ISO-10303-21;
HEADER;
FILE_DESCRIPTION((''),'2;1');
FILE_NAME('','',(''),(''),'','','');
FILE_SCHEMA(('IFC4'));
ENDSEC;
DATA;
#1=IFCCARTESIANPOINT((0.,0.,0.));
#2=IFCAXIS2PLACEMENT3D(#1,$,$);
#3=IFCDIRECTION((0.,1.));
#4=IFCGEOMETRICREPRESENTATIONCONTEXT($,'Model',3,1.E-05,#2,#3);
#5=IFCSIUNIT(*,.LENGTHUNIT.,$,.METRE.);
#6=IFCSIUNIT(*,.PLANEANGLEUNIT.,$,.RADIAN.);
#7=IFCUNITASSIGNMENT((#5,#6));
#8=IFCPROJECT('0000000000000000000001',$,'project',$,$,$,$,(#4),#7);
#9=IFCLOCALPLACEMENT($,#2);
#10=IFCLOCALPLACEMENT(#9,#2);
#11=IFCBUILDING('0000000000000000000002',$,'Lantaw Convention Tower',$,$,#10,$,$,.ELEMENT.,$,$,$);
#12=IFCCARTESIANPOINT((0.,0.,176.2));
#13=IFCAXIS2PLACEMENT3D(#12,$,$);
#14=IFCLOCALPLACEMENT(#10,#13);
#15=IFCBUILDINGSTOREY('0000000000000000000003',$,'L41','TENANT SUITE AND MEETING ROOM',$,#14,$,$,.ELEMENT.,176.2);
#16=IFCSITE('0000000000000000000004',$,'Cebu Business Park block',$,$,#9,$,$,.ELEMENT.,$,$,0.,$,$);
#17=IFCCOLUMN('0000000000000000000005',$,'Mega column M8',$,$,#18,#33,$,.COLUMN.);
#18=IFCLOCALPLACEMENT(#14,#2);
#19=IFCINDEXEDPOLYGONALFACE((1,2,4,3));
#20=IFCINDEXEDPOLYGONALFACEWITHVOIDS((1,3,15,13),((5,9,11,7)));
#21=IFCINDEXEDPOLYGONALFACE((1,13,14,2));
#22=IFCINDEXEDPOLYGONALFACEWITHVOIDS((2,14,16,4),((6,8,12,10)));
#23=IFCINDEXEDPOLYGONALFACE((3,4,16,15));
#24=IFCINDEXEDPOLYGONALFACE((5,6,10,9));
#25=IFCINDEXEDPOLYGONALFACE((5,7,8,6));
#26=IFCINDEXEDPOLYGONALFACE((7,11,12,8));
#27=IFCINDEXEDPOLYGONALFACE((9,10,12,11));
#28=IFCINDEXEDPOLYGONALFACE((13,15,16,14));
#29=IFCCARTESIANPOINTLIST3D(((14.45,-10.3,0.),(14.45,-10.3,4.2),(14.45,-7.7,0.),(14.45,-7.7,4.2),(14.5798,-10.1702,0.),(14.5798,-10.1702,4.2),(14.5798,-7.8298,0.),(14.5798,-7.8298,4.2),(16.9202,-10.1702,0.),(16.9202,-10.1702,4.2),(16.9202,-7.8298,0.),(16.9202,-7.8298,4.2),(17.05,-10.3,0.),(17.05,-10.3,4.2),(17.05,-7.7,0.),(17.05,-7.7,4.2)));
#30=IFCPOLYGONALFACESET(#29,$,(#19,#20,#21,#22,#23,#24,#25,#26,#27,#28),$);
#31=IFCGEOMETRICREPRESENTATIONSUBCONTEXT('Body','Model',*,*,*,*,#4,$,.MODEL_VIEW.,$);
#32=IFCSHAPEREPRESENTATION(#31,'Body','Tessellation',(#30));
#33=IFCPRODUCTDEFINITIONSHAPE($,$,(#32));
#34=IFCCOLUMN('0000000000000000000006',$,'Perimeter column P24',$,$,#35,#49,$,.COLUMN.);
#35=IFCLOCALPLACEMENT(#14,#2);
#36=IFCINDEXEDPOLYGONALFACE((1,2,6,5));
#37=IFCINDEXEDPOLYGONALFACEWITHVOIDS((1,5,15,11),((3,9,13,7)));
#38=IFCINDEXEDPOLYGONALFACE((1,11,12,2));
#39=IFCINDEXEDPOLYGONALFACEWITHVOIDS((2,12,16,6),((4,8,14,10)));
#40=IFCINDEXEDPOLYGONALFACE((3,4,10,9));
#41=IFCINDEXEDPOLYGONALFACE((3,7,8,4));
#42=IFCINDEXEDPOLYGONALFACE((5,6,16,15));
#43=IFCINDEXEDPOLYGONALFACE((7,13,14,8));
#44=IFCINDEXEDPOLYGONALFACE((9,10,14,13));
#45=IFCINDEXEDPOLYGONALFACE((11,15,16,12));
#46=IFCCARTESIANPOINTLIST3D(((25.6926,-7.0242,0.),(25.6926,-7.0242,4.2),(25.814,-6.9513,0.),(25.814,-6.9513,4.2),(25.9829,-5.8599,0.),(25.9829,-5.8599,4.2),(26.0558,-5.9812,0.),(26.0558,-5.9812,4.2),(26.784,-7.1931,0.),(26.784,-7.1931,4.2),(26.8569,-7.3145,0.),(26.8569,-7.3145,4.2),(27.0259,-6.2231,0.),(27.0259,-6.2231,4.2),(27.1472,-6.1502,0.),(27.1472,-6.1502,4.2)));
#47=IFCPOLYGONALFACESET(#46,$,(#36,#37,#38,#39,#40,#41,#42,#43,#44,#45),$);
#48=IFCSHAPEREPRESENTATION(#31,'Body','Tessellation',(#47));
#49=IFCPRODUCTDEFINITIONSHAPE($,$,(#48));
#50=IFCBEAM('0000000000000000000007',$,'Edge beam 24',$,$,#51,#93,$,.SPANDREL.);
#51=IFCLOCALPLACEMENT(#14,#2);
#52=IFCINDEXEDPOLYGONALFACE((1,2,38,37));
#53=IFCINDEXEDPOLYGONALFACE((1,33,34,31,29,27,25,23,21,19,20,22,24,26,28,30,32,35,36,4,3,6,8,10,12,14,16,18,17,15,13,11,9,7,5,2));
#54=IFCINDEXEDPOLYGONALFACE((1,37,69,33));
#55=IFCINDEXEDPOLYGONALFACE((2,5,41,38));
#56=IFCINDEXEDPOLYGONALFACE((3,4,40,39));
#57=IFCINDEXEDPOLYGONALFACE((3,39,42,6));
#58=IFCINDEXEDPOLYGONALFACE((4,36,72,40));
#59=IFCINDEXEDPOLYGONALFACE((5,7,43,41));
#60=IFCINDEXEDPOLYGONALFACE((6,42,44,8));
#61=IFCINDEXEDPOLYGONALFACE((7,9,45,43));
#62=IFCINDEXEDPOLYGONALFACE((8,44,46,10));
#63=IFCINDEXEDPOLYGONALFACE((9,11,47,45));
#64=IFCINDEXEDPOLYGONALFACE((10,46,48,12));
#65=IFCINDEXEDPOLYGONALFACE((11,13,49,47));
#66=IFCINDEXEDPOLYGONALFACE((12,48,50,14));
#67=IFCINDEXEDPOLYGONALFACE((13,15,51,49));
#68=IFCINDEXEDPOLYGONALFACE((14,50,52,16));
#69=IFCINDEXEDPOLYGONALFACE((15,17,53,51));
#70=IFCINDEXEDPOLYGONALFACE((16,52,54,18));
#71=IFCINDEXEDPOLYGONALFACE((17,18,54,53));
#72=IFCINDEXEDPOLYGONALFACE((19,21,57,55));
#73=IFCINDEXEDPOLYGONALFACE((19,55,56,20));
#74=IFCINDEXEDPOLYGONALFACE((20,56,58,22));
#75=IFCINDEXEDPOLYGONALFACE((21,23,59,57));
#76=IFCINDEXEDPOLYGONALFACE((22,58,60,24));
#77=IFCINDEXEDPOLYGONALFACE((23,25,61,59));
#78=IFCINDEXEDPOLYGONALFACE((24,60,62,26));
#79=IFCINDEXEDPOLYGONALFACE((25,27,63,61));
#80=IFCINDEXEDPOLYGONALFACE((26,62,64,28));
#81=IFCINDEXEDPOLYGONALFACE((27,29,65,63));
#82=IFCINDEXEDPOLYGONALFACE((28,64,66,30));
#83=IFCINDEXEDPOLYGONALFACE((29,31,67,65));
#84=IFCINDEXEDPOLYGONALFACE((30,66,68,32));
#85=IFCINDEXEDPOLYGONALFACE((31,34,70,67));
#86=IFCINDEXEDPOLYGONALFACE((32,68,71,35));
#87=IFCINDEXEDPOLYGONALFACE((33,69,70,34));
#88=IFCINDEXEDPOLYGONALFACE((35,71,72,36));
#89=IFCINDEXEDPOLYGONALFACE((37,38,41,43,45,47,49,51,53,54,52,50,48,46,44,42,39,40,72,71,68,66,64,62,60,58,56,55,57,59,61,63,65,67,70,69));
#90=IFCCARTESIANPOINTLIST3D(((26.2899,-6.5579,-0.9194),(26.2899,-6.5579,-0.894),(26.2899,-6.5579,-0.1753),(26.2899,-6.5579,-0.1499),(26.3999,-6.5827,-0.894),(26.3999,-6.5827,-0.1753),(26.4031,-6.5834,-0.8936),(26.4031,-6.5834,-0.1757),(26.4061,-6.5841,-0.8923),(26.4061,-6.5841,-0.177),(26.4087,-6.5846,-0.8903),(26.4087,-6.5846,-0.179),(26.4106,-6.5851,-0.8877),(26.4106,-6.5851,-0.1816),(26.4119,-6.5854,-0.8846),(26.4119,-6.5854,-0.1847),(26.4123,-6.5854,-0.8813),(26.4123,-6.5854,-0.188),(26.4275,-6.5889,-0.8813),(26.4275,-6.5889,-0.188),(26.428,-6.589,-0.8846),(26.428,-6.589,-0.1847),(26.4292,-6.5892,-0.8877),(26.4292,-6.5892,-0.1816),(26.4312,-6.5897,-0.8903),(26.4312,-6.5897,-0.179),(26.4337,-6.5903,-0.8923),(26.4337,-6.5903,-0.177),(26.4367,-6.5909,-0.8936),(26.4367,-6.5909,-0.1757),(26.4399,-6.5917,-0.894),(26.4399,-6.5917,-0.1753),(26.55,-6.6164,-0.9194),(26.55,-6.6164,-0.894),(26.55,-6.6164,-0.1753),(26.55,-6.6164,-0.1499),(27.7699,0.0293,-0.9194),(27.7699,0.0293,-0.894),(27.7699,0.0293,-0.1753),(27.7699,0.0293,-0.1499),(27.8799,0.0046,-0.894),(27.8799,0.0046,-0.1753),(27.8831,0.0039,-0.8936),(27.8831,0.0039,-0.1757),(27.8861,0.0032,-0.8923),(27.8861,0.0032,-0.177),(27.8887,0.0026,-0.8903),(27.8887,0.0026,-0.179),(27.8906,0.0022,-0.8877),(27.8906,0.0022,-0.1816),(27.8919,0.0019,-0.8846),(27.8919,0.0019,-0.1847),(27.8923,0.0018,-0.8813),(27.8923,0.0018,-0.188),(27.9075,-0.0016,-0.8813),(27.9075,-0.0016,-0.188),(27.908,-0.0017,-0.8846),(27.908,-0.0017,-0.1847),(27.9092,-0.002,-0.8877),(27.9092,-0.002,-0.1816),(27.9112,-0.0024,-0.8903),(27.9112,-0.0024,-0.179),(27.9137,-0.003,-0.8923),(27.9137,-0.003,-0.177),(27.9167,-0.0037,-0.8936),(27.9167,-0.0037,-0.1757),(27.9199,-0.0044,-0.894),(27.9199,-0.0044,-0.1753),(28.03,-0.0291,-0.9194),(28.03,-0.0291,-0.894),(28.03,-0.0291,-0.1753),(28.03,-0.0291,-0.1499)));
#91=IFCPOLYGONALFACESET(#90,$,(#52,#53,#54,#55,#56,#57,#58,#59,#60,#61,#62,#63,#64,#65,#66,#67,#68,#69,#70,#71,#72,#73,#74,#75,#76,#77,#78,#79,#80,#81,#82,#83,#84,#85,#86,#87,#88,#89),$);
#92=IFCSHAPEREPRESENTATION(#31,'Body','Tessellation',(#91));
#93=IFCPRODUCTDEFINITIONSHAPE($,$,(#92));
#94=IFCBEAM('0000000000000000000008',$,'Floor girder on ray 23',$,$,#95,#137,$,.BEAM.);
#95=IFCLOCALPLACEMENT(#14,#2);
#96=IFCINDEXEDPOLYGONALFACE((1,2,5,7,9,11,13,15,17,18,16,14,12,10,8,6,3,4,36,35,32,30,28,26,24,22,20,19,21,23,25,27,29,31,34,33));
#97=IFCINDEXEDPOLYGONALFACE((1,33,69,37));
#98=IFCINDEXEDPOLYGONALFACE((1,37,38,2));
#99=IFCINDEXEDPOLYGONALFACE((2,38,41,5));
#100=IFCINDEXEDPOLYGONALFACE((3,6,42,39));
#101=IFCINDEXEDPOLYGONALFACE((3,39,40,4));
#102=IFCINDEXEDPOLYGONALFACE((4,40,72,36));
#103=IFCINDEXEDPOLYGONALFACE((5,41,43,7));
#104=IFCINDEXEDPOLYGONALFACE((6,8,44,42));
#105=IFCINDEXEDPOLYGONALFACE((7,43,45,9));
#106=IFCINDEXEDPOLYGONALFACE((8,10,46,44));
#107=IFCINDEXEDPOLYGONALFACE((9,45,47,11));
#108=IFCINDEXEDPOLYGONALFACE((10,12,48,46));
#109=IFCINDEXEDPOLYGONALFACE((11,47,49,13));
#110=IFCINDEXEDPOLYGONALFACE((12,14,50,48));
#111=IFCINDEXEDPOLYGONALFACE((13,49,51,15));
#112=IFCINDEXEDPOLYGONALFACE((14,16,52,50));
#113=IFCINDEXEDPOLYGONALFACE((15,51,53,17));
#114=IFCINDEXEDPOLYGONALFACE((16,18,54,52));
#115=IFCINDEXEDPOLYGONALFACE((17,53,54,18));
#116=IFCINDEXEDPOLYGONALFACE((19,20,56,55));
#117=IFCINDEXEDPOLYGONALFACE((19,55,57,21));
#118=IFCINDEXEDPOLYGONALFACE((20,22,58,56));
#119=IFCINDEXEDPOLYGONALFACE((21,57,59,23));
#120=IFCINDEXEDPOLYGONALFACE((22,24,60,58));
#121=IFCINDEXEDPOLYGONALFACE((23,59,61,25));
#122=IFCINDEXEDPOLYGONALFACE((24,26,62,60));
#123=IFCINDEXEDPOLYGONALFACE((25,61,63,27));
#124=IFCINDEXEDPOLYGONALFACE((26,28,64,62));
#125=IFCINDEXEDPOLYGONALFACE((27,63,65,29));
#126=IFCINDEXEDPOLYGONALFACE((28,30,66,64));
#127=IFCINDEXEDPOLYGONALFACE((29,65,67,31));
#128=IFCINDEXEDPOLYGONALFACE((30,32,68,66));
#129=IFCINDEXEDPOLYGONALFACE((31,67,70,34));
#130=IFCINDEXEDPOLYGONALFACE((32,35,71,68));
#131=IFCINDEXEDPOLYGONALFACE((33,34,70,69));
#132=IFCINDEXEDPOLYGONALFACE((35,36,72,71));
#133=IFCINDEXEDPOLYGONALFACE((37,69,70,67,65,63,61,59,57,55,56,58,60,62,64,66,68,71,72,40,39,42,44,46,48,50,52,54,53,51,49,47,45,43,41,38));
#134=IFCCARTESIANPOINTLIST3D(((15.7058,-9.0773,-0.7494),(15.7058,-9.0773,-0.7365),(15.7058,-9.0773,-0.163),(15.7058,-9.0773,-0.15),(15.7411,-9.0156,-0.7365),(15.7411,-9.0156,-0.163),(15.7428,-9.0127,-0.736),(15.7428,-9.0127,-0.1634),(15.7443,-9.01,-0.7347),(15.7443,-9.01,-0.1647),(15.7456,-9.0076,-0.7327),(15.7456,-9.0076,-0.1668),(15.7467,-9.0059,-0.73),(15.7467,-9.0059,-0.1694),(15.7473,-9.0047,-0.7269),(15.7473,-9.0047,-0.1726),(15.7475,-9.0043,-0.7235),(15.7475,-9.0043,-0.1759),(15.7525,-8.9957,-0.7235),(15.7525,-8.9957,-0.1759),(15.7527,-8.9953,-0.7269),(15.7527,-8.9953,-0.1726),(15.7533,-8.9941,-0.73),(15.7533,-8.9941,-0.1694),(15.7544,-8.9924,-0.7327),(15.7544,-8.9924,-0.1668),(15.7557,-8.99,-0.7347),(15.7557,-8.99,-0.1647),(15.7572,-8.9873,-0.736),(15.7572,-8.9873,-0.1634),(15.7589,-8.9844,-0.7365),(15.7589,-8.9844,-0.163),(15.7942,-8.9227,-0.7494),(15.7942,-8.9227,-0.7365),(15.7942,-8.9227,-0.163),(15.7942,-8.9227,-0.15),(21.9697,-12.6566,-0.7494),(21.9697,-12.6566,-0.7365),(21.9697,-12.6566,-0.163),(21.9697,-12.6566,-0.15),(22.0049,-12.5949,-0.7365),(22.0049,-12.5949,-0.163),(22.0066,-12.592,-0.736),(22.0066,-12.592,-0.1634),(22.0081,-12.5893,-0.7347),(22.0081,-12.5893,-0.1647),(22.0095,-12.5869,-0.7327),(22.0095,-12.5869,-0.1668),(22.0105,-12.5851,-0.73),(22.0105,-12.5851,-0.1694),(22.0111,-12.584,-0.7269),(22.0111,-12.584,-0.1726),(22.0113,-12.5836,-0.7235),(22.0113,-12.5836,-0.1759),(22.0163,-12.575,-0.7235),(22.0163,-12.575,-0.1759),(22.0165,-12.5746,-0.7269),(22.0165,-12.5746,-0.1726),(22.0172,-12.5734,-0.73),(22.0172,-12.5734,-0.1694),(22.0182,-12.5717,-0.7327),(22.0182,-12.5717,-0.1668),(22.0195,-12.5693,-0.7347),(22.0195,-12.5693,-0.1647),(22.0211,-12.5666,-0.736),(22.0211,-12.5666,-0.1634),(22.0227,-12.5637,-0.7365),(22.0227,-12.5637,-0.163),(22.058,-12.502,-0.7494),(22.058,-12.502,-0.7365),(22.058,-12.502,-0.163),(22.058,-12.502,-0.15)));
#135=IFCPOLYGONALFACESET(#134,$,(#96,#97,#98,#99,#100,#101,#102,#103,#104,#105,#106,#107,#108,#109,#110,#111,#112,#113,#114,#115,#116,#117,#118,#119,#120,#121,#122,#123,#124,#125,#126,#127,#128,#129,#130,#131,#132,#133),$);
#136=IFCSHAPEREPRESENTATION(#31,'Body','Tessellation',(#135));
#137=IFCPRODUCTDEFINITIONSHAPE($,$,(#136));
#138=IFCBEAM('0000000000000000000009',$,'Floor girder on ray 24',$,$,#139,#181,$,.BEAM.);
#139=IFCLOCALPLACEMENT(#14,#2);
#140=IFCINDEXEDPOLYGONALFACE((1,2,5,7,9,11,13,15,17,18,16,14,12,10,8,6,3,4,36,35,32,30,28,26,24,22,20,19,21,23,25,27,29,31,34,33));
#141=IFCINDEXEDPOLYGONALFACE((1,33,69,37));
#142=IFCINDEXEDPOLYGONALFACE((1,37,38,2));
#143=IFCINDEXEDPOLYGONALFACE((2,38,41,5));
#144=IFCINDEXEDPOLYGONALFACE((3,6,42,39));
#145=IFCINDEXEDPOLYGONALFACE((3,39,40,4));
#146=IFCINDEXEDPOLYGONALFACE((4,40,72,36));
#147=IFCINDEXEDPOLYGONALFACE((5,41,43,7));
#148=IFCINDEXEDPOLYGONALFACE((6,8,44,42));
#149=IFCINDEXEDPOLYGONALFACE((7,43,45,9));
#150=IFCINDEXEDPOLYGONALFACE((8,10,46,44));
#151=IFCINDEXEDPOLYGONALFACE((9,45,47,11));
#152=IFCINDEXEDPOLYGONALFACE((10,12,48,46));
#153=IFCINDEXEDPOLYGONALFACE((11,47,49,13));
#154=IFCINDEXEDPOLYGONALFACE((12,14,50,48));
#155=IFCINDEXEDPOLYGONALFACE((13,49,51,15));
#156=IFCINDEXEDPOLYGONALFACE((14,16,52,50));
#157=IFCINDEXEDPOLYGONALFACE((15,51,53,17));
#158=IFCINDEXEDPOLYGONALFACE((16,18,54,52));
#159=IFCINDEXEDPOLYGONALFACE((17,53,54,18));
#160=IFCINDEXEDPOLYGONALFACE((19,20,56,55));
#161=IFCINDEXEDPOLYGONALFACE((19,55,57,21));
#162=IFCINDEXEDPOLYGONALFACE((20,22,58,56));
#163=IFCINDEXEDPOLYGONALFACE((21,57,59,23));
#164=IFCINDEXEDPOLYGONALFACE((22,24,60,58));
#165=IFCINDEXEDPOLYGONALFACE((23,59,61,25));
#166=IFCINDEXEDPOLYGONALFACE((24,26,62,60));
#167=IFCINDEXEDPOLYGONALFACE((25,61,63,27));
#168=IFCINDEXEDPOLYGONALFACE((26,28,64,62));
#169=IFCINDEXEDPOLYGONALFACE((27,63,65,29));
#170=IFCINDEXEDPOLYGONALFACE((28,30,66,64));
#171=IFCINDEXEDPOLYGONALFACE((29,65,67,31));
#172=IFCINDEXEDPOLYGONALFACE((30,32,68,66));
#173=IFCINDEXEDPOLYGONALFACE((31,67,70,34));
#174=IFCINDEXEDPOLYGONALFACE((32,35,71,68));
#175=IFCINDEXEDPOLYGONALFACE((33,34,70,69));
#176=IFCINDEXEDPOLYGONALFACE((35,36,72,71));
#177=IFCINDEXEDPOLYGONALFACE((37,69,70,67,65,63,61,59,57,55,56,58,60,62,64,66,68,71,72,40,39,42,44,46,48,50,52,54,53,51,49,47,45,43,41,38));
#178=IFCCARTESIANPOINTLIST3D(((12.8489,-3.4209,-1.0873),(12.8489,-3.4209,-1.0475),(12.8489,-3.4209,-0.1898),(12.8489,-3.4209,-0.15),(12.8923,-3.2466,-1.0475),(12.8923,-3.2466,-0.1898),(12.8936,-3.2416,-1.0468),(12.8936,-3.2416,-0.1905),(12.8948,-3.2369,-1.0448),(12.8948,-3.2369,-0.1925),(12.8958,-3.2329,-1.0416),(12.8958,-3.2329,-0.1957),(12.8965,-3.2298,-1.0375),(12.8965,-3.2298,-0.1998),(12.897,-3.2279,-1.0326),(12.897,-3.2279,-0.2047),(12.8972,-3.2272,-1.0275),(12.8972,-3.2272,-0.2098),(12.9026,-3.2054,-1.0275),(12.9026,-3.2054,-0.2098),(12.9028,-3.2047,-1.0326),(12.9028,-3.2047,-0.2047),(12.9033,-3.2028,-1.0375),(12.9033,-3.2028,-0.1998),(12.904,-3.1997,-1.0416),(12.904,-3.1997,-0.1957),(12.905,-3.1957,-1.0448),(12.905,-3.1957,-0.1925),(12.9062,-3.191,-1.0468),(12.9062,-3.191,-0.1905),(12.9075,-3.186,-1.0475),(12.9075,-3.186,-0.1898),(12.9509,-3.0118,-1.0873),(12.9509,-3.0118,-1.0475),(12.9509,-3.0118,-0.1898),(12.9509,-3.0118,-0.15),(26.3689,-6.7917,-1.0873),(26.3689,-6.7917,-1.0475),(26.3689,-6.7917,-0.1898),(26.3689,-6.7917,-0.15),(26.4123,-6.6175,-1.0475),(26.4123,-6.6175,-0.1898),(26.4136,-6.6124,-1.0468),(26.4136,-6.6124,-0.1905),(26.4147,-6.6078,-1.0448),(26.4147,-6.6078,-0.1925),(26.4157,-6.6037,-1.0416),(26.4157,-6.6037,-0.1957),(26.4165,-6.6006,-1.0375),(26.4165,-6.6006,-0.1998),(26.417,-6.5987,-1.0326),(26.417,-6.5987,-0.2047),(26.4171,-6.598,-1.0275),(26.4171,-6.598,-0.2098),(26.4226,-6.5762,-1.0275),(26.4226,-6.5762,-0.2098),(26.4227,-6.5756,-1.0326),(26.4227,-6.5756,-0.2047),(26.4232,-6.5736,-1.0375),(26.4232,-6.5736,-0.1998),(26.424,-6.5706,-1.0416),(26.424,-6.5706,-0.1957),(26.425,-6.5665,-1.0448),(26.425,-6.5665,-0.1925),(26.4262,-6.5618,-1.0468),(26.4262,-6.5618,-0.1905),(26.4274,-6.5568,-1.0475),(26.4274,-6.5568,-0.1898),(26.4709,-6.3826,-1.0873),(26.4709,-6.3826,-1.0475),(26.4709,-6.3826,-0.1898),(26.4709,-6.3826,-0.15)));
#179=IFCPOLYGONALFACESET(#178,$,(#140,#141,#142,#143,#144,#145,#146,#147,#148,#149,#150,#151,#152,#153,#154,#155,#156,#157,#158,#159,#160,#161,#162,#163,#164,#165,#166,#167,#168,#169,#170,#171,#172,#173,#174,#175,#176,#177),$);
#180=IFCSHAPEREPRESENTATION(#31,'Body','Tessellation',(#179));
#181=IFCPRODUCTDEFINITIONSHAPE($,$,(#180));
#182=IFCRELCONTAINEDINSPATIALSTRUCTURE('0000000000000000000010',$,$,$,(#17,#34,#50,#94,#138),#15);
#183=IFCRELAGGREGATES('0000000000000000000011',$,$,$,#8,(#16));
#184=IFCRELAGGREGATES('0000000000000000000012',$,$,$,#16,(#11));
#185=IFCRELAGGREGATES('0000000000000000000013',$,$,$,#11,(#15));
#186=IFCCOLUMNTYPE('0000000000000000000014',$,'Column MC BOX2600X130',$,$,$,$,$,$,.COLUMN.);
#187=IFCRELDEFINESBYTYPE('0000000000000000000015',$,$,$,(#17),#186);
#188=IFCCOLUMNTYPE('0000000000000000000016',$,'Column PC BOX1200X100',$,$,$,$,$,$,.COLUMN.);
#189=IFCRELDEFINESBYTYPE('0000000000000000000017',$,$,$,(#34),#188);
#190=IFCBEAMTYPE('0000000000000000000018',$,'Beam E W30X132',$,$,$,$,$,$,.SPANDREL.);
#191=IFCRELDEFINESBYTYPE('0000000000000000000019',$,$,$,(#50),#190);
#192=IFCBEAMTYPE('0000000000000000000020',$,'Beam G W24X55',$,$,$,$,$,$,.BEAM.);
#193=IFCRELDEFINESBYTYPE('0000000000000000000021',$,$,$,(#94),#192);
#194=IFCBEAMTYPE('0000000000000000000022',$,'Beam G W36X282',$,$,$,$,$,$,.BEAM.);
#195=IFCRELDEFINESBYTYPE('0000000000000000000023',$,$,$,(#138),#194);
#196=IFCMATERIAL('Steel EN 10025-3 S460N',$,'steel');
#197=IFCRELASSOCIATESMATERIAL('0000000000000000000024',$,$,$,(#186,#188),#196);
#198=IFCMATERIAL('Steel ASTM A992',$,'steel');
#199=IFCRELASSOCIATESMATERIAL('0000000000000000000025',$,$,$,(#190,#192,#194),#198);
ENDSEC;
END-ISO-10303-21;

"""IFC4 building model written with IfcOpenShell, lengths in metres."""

from ifc_helpers import new_model, si_unit, direction, frame, origin, origin_2d, place, context, subcontext, project, spatial, rectangle, hollow_rectangle, i_section, extrude, material, material_profile, profile_set, type_object, element, save


model = new_model("IFC4")

# Units and contexts
model_context = context("Model", 3, precision=1e-05, world=origin(), true_north=direction((0.0, 1.0)))
body_context = subcontext(model_context, "Body", "Model", "MODEL_VIEW")
ifc_project = project(units=[si_unit("LENGTHUNIT", "METRE"), si_unit("PLANEANGLEUNIT", "RADIAN")], contexts=[model_context])

# Site, building, storey
site_placement = place(None, origin())
site = spatial("IfcSite", under=ifc_project, at=site_placement, Name="Cebu Business Park block", CompositionType="ELEMENT", RefElevation=0.0)
building_placement = place(site_placement, origin())
building = spatial("IfcBuilding", under=site, at=building_placement, Name="Lantaw Convention Tower", CompositionType="ELEMENT")
storey_placement = place(building_placement, frame((0.0, 0.0, 176.2)))
storey = spatial("IfcBuildingStorey", under=building, at=storey_placement, Name="L41", Description="TENANT SUITE AND MEETING ROOM", CompositionType="ELEMENT", Elevation=176.2)

# Columns
ifc_material_1 = material(Name="Steel EN 10025-3 S460N", Category="steel")
ifc_material_profile_1 = material_profile(ifc_material_1, hollow_rectangle(XDim=2.6001, YDim=2.6001, WallThickness=0.1299, at=origin_2d()), Name="BOX2600X130")
ifc_material_2 = material(Name="Concrete C60/75", Category="concrete")
ifc_material_profile_2 = material_profile(ifc_material_2, rectangle(XDim=2.3401, YDim=2.3401, at=origin_2d()), Name="Concrete fill of BOX2600X130")
ifc_profile_set_1 = profile_set([ifc_material_profile_1, ifc_material_profile_2], Name="Steel EN 10025-3 S460N")
column_type_1 = type_object("IfcColumnType", Name="Column MC BOX2600X130", PredefinedType="COLUMN", material=ifc_profile_set_1)
column_1_placement = place(storey_placement, frame((15.75, -9.0, 0.0), z_axis=(0.0, 0.0, 1.0), x_axis=(1.0, 0.0, 0.0)))
element("IfcColumn", 1, at=column_1_placement, inside=storey, type_object=column_type_1, Name="Mega column M8", PredefinedType="COLUMN", context=body_context, shape_type="SweptSolid", body=[
    extrude(hollow_rectangle(XDim=2.6001, YDim=2.6001, WallThickness=0.1299, at=origin_2d()), origin(), (0.0, 0.0, 1.0), 4.2),
])
ifc_material_profile_3 = material_profile(ifc_material_1, hollow_rectangle(XDim=1.2, YDim=1.2, WallThickness=0.1001, at=origin_2d()), Name="BOX1200X100")
ifc_material_profile_4 = material_profile(ifc_material_2, rectangle(XDim=1.0, YDim=1.0, at=origin_2d()), Name="Concrete fill of BOX1200X100")
ifc_profile_set_2 = profile_set([ifc_material_profile_3, ifc_material_profile_4], Name="Steel EN 10025-3 S460N")
column_type_2 = type_object("IfcColumnType", Name="Column PC BOX1200X100", PredefinedType="COLUMN", material=ifc_profile_set_2)
column_2_placement = place(storey_placement, frame((26.4199, -6.5872, 0.0), z_axis=(0.0, 0.0, 1.0), x_axis=(0.241922, 0.970296, 0.0)))
element("IfcColumn", 2, at=column_2_placement, inside=storey, type_object=column_type_2, Name="Perimeter column P24", PredefinedType="COLUMN", context=body_context, shape_type="SweptSolid", body=[
    extrude(hollow_rectangle(XDim=1.2, YDim=1.2, WallThickness=0.1001, at=origin_2d()), origin(), (0.0, 0.0, 1.0), 4.2),
])

# Beams
ifc_material_3 = material(Name="Steel ASTM A992", Category="steel")
ifc_material_profile_5 = material_profile(ifc_material_3, i_section(OverallWidth=0.2666, OverallDepth=0.7695, WebThickness=0.0156, FlangeThickness=0.0254, FilletRadius=0.0127, at=origin_2d()), Name="W30X132")
ifc_profile_set_3 = profile_set([ifc_material_profile_5], Name="Steel ASTM A992")
beam_type_1 = type_object("IfcBeamType", Name="Beam E W30X132", PredefinedType="SPANDREL", material=ifc_profile_set_3)
beam_1_placement = place(storey_placement, frame((26.4199, -6.5872, -0.5347), z_axis=(0.219212, 0.975677, 0.0), x_axis=(-0.975677, 0.219212, 0.0)))
element("IfcBeam", 3, at=beam_1_placement, inside=storey, type_object=beam_type_1, Name="Edge beam 24", PredefinedType="SPANDREL", context=body_context, shape_type="SweptSolid", body=[
    extrude(i_section(OverallWidth=0.2666, OverallDepth=0.7695, WebThickness=0.0156, FlangeThickness=0.0254, FilletRadius=0.0127, at=origin_2d()), origin(), (0.0, 0.0, 1.0), 6.7515),
])
ifc_material_profile_6 = material_profile(ifc_material_3, i_section(OverallWidth=0.178, OverallDepth=0.5994, WebThickness=0.01, FlangeThickness=0.0129, FilletRadius=0.0129, at=origin_2d()), Name="W24X55")
ifc_profile_set_4 = profile_set([ifc_material_profile_6], Name="Steel ASTM A992")
beam_type_2 = type_object("IfcBeamType", Name="Beam G W24X55", PredefinedType="BEAM", material=ifc_profile_set_4)
beam_2_placement = place(storey_placement, frame((15.75, -9.0, -0.4497), z_axis=(0.868245, -0.496135, 0.0), x_axis=(0.496135, 0.868245, 0.0)))
element("IfcBeam", 4, at=beam_2_placement, inside=storey, type_object=beam_type_2, Name="Floor girder on ray 23", PredefinedType="BEAM", context=body_context, shape_type="SweptSolid", body=[
    extrude(i_section(OverallWidth=0.178, OverallDepth=0.5994, WebThickness=0.01, FlangeThickness=0.0129, FilletRadius=0.0129, at=origin_2d()), origin(), (0.0, 0.0, 1.0), 7.2144),
])
ifc_material_profile_7 = material_profile(ifc_material_3, i_section(OverallWidth=0.4216, OverallDepth=0.9373, WebThickness=0.0225, FlangeThickness=0.0398, FilletRadius=0.02, at=origin_2d()), Name="W36X282")
ifc_profile_set_5 = profile_set([ifc_material_profile_7], Name="Steel ASTM A992")
beam_type_3 = type_object("IfcBeamType", Name="Beam G W36X282", PredefinedType="BEAM", material=ifc_profile_set_5)
beam_3_placement = place(storey_placement, frame((12.8999, -3.2163, -0.6187), z_axis=(0.970297, -0.241917, 0.0), x_axis=(0.241917, 0.970297, 0.0)))
element("IfcBeam", 5, at=beam_3_placement, inside=storey, type_object=beam_type_3, Name="Floor girder on ray 24", PredefinedType="BEAM", context=body_context, shape_type="SweptSolid", body=[
    extrude(i_section(OverallWidth=0.4216, OverallDepth=0.9373, WebThickness=0.0225, FlangeThickness=0.0398, FilletRadius=0.02, at=origin_2d()), origin(), (0.0, 0.0, 1.0), 13.9338),
])

save(model, "model.ifc")
